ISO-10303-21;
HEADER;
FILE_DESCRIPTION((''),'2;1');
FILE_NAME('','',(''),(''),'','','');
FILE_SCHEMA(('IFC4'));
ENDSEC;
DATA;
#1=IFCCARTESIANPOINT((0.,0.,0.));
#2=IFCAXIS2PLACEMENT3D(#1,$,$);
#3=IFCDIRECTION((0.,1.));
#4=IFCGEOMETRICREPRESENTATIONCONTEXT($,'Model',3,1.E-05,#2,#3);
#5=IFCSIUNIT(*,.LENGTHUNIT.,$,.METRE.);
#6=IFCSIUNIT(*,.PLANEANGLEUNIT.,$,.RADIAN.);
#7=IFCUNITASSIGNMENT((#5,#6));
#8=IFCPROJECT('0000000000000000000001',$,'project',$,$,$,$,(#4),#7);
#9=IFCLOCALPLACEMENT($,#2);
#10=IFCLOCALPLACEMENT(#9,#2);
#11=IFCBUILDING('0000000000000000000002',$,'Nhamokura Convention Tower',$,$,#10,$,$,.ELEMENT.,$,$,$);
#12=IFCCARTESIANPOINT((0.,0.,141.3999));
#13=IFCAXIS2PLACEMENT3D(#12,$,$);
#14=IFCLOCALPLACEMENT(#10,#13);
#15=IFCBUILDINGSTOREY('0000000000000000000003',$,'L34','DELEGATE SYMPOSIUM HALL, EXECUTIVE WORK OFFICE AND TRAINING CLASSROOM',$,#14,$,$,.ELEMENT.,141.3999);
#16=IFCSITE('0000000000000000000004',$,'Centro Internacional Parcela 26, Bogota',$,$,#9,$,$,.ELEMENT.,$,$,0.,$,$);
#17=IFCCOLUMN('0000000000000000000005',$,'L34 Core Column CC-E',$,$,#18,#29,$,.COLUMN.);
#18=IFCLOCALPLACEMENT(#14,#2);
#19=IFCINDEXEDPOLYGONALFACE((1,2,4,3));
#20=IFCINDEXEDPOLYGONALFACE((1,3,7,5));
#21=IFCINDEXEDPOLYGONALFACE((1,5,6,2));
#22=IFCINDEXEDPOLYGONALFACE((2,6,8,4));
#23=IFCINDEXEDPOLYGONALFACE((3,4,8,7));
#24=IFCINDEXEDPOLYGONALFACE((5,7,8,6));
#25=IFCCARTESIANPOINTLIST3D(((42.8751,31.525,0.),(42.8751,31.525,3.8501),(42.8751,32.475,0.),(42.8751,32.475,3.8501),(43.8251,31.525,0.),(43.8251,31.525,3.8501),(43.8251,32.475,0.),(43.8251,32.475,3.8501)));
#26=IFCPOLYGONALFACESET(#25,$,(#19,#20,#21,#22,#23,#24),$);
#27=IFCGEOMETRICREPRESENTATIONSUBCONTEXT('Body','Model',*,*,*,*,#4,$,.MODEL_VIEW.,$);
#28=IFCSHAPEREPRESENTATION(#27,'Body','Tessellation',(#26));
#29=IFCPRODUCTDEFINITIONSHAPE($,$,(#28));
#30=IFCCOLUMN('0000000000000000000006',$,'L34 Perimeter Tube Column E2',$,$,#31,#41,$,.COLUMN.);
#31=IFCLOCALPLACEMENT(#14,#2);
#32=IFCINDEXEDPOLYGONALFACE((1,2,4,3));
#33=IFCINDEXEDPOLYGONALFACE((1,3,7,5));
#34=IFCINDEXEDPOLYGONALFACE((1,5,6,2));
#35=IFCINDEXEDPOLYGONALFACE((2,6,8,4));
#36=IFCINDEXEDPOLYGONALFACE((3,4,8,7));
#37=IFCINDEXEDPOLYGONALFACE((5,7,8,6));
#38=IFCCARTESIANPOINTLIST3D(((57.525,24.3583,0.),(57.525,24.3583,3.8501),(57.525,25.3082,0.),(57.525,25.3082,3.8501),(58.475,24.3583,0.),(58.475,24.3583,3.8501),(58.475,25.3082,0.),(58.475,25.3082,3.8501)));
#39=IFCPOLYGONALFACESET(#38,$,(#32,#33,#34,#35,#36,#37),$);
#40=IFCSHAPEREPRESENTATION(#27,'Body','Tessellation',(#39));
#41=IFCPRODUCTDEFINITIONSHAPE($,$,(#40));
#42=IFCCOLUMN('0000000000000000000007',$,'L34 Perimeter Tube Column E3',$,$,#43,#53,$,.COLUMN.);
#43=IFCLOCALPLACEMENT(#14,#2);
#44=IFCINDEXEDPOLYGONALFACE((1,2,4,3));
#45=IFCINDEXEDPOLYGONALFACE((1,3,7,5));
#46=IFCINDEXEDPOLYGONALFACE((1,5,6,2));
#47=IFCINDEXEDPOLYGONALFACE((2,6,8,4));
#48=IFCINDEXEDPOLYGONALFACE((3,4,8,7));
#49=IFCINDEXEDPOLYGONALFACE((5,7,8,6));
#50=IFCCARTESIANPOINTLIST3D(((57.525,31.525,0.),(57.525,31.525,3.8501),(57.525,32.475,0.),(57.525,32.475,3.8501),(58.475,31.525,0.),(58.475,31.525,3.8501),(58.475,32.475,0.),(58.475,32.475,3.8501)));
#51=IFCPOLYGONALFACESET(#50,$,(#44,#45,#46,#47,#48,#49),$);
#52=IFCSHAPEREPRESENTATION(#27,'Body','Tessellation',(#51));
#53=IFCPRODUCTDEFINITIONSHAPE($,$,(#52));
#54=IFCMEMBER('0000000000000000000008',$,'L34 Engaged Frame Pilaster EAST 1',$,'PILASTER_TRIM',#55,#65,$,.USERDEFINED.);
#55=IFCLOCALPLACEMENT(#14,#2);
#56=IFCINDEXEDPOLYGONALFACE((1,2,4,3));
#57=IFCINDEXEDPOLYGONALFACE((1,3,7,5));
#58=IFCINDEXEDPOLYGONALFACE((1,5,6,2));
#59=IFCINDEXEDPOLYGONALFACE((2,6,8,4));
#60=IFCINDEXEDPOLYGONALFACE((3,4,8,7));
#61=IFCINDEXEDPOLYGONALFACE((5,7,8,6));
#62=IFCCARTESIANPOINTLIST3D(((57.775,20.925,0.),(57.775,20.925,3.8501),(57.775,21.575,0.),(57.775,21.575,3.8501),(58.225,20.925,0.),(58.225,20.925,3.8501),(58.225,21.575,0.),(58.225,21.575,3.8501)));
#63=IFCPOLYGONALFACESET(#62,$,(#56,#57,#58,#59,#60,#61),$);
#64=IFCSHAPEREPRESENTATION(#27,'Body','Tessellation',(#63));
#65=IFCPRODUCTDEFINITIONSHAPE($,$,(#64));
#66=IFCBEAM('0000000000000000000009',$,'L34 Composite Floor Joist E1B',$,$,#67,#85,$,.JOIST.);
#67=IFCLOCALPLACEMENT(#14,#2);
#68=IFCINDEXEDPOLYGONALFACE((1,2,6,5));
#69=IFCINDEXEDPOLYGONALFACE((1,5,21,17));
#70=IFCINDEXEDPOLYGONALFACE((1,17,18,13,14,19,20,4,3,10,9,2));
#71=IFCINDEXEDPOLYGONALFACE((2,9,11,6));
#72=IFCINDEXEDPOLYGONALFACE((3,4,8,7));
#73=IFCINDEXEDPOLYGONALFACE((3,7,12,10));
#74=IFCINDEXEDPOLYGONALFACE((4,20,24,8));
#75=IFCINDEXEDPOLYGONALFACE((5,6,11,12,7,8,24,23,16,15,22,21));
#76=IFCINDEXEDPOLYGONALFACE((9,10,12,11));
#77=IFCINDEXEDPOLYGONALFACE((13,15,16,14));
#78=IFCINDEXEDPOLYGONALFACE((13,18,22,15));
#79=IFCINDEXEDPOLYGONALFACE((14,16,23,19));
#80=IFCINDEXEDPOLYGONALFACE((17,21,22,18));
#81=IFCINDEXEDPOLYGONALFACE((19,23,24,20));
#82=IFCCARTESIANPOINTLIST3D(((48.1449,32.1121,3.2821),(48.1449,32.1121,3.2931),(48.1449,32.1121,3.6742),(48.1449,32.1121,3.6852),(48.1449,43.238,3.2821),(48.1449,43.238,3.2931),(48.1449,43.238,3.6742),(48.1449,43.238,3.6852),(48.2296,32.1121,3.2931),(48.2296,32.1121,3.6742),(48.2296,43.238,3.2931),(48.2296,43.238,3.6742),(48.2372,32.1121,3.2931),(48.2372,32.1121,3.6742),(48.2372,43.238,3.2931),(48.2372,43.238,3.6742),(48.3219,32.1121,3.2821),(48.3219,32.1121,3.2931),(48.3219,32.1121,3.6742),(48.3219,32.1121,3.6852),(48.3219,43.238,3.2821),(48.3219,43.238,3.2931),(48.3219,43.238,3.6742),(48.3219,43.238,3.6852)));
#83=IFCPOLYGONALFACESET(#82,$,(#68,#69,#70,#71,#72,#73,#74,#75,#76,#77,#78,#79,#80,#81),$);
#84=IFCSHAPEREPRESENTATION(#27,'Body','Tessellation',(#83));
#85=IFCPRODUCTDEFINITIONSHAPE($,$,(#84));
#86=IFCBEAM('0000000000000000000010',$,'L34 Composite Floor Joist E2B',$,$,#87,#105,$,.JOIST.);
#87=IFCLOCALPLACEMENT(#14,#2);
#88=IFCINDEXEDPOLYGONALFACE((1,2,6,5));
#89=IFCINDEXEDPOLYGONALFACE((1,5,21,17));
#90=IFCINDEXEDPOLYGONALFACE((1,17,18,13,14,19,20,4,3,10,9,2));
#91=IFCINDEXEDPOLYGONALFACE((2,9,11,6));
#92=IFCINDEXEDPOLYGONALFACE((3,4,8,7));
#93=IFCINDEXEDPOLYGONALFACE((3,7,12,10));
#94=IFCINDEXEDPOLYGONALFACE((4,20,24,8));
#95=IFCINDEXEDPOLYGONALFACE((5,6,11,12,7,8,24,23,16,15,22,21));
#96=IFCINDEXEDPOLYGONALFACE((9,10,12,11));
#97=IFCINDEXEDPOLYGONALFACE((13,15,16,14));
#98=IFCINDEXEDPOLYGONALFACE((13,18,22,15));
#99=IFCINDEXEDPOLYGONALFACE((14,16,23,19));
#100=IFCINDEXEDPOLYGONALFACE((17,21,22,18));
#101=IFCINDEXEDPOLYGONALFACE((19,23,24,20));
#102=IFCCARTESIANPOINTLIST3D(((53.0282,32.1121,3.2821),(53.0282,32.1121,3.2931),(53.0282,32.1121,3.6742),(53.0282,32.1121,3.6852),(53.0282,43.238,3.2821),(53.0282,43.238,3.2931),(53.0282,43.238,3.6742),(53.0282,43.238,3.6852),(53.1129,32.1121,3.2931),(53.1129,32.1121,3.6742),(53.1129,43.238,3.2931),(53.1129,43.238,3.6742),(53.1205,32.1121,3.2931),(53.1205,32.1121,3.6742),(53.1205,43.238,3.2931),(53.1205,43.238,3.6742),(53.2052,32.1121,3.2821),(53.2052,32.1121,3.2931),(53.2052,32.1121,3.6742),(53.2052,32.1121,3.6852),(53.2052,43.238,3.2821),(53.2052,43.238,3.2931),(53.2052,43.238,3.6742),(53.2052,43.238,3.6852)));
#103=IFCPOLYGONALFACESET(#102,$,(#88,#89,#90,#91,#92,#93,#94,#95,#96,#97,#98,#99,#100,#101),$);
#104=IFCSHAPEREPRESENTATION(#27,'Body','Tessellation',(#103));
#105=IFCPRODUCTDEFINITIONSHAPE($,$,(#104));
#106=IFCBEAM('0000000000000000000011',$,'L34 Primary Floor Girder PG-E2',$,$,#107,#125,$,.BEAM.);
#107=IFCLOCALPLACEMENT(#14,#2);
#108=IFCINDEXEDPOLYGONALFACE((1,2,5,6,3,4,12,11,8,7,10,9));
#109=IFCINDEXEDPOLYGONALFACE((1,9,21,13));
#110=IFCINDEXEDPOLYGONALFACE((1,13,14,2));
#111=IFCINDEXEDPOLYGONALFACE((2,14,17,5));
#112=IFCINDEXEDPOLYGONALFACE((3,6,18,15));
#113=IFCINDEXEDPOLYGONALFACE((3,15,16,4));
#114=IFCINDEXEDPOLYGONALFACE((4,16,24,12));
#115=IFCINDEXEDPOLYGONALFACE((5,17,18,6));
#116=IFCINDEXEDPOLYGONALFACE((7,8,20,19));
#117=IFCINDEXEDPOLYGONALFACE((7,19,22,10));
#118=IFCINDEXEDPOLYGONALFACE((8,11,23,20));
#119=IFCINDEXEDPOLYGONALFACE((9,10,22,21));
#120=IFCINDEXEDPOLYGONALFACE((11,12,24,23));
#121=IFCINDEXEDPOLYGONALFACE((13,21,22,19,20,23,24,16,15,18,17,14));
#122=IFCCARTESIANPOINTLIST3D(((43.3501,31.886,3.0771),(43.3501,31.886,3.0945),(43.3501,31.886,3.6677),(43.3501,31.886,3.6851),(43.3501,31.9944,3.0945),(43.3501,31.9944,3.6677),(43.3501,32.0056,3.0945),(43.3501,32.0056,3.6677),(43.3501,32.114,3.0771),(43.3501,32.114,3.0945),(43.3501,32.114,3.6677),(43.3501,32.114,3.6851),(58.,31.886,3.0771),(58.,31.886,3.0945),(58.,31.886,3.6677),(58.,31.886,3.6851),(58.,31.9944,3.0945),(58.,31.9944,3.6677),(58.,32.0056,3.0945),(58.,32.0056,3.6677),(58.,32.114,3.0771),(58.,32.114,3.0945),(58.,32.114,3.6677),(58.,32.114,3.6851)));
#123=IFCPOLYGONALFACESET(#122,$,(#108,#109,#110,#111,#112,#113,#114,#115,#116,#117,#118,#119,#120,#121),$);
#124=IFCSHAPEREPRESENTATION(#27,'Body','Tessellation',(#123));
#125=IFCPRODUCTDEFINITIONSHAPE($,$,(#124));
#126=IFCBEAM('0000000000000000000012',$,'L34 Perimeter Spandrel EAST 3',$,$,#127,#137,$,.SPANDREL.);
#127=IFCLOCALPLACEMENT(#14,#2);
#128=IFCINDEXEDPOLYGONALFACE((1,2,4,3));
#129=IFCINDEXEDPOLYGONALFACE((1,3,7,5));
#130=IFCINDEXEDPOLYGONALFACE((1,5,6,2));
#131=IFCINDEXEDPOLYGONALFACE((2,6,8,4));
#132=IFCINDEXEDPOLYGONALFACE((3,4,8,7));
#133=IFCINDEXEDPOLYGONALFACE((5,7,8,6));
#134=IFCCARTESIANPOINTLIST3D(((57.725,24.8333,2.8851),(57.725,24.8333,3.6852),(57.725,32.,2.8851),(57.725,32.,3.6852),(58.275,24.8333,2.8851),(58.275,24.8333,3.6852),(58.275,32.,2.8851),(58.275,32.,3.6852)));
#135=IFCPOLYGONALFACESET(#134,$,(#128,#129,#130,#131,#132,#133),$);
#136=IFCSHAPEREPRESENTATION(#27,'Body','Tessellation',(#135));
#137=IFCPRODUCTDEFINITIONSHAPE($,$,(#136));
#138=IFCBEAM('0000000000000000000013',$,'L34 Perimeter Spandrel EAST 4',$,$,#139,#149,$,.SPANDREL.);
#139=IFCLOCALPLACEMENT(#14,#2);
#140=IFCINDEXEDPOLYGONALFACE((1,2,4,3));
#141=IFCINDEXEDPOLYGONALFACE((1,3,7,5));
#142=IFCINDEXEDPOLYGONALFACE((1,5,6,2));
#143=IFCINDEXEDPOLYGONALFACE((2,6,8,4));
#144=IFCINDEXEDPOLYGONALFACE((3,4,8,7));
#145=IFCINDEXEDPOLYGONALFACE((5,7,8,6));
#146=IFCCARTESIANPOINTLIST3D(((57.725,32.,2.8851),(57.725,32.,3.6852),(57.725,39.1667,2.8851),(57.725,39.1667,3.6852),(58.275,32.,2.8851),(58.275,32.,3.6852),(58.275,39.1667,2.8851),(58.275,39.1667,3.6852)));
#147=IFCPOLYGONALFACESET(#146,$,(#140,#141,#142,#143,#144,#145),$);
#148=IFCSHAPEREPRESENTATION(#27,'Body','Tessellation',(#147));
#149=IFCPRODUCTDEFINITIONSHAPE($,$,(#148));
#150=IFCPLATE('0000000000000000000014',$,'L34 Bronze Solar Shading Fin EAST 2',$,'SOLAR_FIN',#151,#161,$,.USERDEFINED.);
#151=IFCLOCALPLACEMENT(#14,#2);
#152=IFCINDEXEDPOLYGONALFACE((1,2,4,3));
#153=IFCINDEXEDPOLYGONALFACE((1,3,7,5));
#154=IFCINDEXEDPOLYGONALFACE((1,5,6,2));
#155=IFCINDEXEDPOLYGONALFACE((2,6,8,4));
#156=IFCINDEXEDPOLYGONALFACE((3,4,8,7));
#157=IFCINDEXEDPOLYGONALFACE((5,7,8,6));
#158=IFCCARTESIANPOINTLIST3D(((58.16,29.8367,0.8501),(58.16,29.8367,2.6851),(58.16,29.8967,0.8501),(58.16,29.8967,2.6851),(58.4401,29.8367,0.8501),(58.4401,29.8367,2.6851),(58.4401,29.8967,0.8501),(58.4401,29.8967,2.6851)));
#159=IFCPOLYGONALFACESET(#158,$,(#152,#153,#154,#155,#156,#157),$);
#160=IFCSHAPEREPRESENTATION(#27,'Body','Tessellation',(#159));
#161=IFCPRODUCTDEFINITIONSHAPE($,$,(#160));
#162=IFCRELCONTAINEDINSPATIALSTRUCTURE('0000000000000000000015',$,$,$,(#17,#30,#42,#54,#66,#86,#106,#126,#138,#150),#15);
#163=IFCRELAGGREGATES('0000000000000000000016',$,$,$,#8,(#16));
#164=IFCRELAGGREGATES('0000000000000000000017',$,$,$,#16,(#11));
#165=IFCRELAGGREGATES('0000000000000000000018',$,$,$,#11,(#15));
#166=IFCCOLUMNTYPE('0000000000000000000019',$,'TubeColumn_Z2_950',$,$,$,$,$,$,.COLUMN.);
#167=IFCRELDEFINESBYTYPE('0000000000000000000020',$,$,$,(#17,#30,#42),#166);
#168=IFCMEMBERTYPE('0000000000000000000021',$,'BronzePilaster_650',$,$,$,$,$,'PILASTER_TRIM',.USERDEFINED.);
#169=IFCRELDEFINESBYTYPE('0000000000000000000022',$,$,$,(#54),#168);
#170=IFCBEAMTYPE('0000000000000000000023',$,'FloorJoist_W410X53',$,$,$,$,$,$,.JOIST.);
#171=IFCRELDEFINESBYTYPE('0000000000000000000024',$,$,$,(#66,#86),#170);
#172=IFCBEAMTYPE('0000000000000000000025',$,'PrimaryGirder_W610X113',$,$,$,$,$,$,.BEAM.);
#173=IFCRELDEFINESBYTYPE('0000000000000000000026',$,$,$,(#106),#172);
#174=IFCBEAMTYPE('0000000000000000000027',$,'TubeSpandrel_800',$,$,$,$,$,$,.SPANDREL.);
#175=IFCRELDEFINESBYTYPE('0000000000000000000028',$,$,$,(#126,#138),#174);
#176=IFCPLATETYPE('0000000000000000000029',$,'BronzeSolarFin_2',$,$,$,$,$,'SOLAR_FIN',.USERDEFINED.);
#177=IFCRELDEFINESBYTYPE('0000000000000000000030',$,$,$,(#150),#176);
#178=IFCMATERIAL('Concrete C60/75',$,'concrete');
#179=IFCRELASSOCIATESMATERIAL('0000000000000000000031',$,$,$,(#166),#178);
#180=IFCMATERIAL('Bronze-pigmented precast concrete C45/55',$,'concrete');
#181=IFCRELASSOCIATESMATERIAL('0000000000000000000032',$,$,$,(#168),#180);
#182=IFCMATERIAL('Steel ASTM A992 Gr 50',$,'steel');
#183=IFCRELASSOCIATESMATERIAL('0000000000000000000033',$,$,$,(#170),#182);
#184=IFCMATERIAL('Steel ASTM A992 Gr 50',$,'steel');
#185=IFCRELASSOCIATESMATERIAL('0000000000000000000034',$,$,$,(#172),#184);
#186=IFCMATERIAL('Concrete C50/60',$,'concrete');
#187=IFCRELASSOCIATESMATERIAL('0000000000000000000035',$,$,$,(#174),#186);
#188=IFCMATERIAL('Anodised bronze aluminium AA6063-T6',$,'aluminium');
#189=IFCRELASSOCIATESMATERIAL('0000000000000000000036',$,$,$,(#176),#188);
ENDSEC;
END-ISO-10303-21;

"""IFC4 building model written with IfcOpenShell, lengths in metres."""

from ifc_helpers import new_model, si_unit, direction, frame, origin, origin_2d, place, context, subcontext, project, spatial, rectangle, i_section, extrude, material, material_profile, profile_set, type_object, element, save


model = new_model("IFC4")

# Units and contexts
model_context = context("Model", 3, precision=1e-05, world=origin(), true_north=direction((0.0, 1.0)))
body_context = subcontext(model_context, "Body", "Model", "MODEL_VIEW")
ifc_project = project(units=[si_unit("LENGTHUNIT", "METRE"), si_unit("PLANEANGLEUNIT", "RADIAN")], contexts=[model_context])

# Site, building, storey
site_placement = place(None, origin())
site = spatial("IfcSite", under=ifc_project, at=site_placement, Name="Centro Internacional Parcela 26, Bogota", CompositionType="ELEMENT", RefElevation=0.0)
building_placement = place(site_placement, origin())
building = spatial("IfcBuilding", under=site, at=building_placement, Name="Nhamokura Convention Tower", CompositionType="ELEMENT")
storey_placement = place(building_placement, frame((0.0, 0.0, 141.3999)))
storey = spatial("IfcBuildingStorey", under=building, at=storey_placement, Name="L34", Description="DELEGATE SYMPOSIUM HALL, EXECUTIVE WORK OFFICE AND TRAINING CLASSROOM", CompositionType="ELEMENT", Elevation=141.3999)

# Columns
ifc_material_1 = material(Name="Concrete C60/75", Category="concrete")
ifc_material_profile_1 = material_profile(ifc_material_1, rectangle(XDim=0.95, YDim=0.95, at=origin_2d()))
ifc_profile_set_1 = profile_set([ifc_material_profile_1], Name="Concrete C60/75")
column_type = type_object("IfcColumnType", Name="TubeColumn_Z2_950", PredefinedType="COLUMN", material=ifc_profile_set_1)
for number, where, z_axis, x_axis, name in (
    (1, (43.3501, 32.0, 0.0), (0.0, 0.0, 1.0), (1.0, 0.0, 0.0), "L34 Core Column CC-E"),
    (2, (58.0, 24.8333, 0.0), (0.0, 0.0, 1.0), (1.0, 0.0, 0.0), "L34 Perimeter Tube Column E2"),
    (3, (58.0, 32.0, 0.0), (0.0, 0.0, 1.0), (1.0, 0.0, 0.0), "L34 Perimeter Tube Column E3"),
):
    element("IfcColumn", number, at=place(storey_placement, frame(where, z_axis=z_axis, x_axis=x_axis)), inside=storey, type_object=column_type, Name=name, PredefinedType="COLUMN", context=body_context, shape_type="SweptSolid", body=[
        extrude(rectangle(XDim=0.95, YDim=0.95, at=origin_2d()), origin(), (0.0, 0.0, 1.0), 3.8501),
    ])

# Member
ifc_material_2 = material(Name="Bronze-pigmented precast concrete C45/55", Category="concrete")
ifc_material_profile_2 = material_profile(ifc_material_2, rectangle(XDim=0.45, YDim=0.6499, at=origin_2d()))
ifc_profile_set_2 = profile_set([ifc_material_profile_2], Name="Bronze-pigmented precast concrete C45/55")
member_type = type_object("IfcMemberType", Name="BronzePilaster_650", ElementType="PILASTER_TRIM", PredefinedType="USERDEFINED", material=ifc_profile_set_2)
member_placement = place(storey_placement, frame((58.0, 21.25, 0.0), z_axis=(0.0, 0.0, 1.0), x_axis=(1.0, 0.0, 0.0)))
element("IfcMember", 4, at=member_placement, inside=storey, type_object=member_type, Name="L34 Engaged Frame Pilaster EAST 1", ObjectType="PILASTER_TRIM", PredefinedType="USERDEFINED", context=body_context, shape_type="SweptSolid", body=[
    extrude(rectangle(XDim=0.45, YDim=0.6499, at=origin_2d()), origin(), (0.0, 0.0, 1.0), 3.8501),
])

# Beams
ifc_material_3 = material(Name="Steel ASTM A992 Gr 50", Category="steel")
ifc_material_profile_3 = material_profile(ifc_material_3, i_section(OverallWidth=0.177, OverallDepth=0.4031, WebThickness=0.0076, FlangeThickness=0.011, at=origin_2d()))
ifc_profile_set_3 = profile_set([ifc_material_profile_3], Name="Steel ASTM A992 Gr 50")
beam_type_1 = type_object("IfcBeamType", Name="FloorJoist_W410X53", PredefinedType="JOIST", material=ifc_profile_set_3)
for number, where, z_axis, x_axis, name in (
    (5, (48.2334, 32.1121, 3.4836), (0.0, 1.0, 0.0), (-1.0, 0.0, 0.0), "L34 Composite Floor Joist E1B"),
    (6, (53.1167, 32.1121, 3.4836), (0.0, 1.0, 0.0), (-1.0, 0.0, 0.0), "L34 Composite Floor Joist E2B"),
):
    element("IfcBeam", number, at=place(storey_placement, frame(where, z_axis=z_axis, x_axis=x_axis)), inside=storey, type_object=beam_type_1, Name=name, PredefinedType="JOIST", context=body_context, shape_type="SweptSolid", body=[
        extrude(i_section(OverallWidth=0.177, OverallDepth=0.4031, WebThickness=0.0076, FlangeThickness=0.011, at=origin_2d()), origin(), (0.0, 0.0, 1.0), 11.126),
    ])
ifc_material_4 = material(Name="Steel ASTM A992 Gr 50", Category="steel")
ifc_material_profile_4 = material_profile(ifc_material_4, i_section(OverallWidth=0.228, OverallDepth=0.6079, WebThickness=0.0112, FlangeThickness=0.0173, at=origin_2d()))
ifc_profile_set_4 = profile_set([ifc_material_profile_4], Name="Steel ASTM A992 Gr 50")
beam_type_2 = type_object("IfcBeamType", Name="PrimaryGirder_W610X113", PredefinedType="BEAM", material=ifc_profile_set_4)
beam_placement = place(storey_placement, frame((43.3501, 32.0, 3.3811), z_axis=(1.0, 0.0, 0.0), x_axis=(0.0, 1.0, 0.0)))
element("IfcBeam", 7, at=beam_placement, inside=storey, type_object=beam_type_2, Name="L34 Primary Floor Girder PG-E2", PredefinedType="BEAM", context=body_context, shape_type="SweptSolid", body=[
    extrude(i_section(OverallWidth=0.228, OverallDepth=0.6079, WebThickness=0.0112, FlangeThickness=0.0173, at=origin_2d()), origin(), (0.0, 0.0, 1.0), 14.6499),
])
ifc_material_5 = material(Name="Concrete C50/60", Category="concrete")
ifc_material_profile_5 = material_profile(ifc_material_5, rectangle(XDim=0.55, YDim=0.8, at=origin_2d()))
ifc_profile_set_5 = profile_set([ifc_material_profile_5], Name="Concrete C50/60")
beam_type_3 = type_object("IfcBeamType", Name="TubeSpandrel_800", PredefinedType="SPANDREL", material=ifc_profile_set_5)
for number, where, z_axis, x_axis, name in (
    (8, (58.0, 24.8333, 3.2852), (0.0, 1.0, 0.0), (-1.0, 0.0, 0.0), "L34 Perimeter Spandrel EAST 3"),
    (9, (58.0, 32.0, 3.2852), (0.0, 1.0, 0.0), (-1.0, 0.0, 0.0), "L34 Perimeter Spandrel EAST 4"),
):
    element("IfcBeam", number, at=place(storey_placement, frame(where, z_axis=z_axis, x_axis=x_axis)), inside=storey, type_object=beam_type_3, Name=name, PredefinedType="SPANDREL", context=body_context, shape_type="SweptSolid", body=[
        extrude(rectangle(XDim=0.55, YDim=0.8, at=origin_2d()), origin(), (0.0, 0.0, 1.0), 7.1667),
    ])

# Plate
ifc_material_6 = material(Name="Anodised bronze aluminium AA6063-T6", Category="aluminium")
plate_type = type_object("IfcPlateType", Name="BronzeSolarFin_2", ElementType="SOLAR_FIN", PredefinedType="USERDEFINED", material=ifc_material_6)
plate_placement = place(storey_placement, frame((58.3, 29.8667, 0.8501), z_axis=(0.0, 0.0, 1.0), x_axis=(1.0, 0.0, 0.0)))
element("IfcPlate", 10, at=plate_placement, inside=storey, type_object=plate_type, Name="L34 Bronze Solar Shading Fin EAST 2", ObjectType="SOLAR_FIN", PredefinedType="USERDEFINED", context=body_context, shape_type="SweptSolid", body=[
    extrude(rectangle(XDim=0.28, YDim=0.0601, at=origin_2d()), origin(), (0.0, 0.0, 1.0), 1.835),
])

save(model, "model.ifc")
